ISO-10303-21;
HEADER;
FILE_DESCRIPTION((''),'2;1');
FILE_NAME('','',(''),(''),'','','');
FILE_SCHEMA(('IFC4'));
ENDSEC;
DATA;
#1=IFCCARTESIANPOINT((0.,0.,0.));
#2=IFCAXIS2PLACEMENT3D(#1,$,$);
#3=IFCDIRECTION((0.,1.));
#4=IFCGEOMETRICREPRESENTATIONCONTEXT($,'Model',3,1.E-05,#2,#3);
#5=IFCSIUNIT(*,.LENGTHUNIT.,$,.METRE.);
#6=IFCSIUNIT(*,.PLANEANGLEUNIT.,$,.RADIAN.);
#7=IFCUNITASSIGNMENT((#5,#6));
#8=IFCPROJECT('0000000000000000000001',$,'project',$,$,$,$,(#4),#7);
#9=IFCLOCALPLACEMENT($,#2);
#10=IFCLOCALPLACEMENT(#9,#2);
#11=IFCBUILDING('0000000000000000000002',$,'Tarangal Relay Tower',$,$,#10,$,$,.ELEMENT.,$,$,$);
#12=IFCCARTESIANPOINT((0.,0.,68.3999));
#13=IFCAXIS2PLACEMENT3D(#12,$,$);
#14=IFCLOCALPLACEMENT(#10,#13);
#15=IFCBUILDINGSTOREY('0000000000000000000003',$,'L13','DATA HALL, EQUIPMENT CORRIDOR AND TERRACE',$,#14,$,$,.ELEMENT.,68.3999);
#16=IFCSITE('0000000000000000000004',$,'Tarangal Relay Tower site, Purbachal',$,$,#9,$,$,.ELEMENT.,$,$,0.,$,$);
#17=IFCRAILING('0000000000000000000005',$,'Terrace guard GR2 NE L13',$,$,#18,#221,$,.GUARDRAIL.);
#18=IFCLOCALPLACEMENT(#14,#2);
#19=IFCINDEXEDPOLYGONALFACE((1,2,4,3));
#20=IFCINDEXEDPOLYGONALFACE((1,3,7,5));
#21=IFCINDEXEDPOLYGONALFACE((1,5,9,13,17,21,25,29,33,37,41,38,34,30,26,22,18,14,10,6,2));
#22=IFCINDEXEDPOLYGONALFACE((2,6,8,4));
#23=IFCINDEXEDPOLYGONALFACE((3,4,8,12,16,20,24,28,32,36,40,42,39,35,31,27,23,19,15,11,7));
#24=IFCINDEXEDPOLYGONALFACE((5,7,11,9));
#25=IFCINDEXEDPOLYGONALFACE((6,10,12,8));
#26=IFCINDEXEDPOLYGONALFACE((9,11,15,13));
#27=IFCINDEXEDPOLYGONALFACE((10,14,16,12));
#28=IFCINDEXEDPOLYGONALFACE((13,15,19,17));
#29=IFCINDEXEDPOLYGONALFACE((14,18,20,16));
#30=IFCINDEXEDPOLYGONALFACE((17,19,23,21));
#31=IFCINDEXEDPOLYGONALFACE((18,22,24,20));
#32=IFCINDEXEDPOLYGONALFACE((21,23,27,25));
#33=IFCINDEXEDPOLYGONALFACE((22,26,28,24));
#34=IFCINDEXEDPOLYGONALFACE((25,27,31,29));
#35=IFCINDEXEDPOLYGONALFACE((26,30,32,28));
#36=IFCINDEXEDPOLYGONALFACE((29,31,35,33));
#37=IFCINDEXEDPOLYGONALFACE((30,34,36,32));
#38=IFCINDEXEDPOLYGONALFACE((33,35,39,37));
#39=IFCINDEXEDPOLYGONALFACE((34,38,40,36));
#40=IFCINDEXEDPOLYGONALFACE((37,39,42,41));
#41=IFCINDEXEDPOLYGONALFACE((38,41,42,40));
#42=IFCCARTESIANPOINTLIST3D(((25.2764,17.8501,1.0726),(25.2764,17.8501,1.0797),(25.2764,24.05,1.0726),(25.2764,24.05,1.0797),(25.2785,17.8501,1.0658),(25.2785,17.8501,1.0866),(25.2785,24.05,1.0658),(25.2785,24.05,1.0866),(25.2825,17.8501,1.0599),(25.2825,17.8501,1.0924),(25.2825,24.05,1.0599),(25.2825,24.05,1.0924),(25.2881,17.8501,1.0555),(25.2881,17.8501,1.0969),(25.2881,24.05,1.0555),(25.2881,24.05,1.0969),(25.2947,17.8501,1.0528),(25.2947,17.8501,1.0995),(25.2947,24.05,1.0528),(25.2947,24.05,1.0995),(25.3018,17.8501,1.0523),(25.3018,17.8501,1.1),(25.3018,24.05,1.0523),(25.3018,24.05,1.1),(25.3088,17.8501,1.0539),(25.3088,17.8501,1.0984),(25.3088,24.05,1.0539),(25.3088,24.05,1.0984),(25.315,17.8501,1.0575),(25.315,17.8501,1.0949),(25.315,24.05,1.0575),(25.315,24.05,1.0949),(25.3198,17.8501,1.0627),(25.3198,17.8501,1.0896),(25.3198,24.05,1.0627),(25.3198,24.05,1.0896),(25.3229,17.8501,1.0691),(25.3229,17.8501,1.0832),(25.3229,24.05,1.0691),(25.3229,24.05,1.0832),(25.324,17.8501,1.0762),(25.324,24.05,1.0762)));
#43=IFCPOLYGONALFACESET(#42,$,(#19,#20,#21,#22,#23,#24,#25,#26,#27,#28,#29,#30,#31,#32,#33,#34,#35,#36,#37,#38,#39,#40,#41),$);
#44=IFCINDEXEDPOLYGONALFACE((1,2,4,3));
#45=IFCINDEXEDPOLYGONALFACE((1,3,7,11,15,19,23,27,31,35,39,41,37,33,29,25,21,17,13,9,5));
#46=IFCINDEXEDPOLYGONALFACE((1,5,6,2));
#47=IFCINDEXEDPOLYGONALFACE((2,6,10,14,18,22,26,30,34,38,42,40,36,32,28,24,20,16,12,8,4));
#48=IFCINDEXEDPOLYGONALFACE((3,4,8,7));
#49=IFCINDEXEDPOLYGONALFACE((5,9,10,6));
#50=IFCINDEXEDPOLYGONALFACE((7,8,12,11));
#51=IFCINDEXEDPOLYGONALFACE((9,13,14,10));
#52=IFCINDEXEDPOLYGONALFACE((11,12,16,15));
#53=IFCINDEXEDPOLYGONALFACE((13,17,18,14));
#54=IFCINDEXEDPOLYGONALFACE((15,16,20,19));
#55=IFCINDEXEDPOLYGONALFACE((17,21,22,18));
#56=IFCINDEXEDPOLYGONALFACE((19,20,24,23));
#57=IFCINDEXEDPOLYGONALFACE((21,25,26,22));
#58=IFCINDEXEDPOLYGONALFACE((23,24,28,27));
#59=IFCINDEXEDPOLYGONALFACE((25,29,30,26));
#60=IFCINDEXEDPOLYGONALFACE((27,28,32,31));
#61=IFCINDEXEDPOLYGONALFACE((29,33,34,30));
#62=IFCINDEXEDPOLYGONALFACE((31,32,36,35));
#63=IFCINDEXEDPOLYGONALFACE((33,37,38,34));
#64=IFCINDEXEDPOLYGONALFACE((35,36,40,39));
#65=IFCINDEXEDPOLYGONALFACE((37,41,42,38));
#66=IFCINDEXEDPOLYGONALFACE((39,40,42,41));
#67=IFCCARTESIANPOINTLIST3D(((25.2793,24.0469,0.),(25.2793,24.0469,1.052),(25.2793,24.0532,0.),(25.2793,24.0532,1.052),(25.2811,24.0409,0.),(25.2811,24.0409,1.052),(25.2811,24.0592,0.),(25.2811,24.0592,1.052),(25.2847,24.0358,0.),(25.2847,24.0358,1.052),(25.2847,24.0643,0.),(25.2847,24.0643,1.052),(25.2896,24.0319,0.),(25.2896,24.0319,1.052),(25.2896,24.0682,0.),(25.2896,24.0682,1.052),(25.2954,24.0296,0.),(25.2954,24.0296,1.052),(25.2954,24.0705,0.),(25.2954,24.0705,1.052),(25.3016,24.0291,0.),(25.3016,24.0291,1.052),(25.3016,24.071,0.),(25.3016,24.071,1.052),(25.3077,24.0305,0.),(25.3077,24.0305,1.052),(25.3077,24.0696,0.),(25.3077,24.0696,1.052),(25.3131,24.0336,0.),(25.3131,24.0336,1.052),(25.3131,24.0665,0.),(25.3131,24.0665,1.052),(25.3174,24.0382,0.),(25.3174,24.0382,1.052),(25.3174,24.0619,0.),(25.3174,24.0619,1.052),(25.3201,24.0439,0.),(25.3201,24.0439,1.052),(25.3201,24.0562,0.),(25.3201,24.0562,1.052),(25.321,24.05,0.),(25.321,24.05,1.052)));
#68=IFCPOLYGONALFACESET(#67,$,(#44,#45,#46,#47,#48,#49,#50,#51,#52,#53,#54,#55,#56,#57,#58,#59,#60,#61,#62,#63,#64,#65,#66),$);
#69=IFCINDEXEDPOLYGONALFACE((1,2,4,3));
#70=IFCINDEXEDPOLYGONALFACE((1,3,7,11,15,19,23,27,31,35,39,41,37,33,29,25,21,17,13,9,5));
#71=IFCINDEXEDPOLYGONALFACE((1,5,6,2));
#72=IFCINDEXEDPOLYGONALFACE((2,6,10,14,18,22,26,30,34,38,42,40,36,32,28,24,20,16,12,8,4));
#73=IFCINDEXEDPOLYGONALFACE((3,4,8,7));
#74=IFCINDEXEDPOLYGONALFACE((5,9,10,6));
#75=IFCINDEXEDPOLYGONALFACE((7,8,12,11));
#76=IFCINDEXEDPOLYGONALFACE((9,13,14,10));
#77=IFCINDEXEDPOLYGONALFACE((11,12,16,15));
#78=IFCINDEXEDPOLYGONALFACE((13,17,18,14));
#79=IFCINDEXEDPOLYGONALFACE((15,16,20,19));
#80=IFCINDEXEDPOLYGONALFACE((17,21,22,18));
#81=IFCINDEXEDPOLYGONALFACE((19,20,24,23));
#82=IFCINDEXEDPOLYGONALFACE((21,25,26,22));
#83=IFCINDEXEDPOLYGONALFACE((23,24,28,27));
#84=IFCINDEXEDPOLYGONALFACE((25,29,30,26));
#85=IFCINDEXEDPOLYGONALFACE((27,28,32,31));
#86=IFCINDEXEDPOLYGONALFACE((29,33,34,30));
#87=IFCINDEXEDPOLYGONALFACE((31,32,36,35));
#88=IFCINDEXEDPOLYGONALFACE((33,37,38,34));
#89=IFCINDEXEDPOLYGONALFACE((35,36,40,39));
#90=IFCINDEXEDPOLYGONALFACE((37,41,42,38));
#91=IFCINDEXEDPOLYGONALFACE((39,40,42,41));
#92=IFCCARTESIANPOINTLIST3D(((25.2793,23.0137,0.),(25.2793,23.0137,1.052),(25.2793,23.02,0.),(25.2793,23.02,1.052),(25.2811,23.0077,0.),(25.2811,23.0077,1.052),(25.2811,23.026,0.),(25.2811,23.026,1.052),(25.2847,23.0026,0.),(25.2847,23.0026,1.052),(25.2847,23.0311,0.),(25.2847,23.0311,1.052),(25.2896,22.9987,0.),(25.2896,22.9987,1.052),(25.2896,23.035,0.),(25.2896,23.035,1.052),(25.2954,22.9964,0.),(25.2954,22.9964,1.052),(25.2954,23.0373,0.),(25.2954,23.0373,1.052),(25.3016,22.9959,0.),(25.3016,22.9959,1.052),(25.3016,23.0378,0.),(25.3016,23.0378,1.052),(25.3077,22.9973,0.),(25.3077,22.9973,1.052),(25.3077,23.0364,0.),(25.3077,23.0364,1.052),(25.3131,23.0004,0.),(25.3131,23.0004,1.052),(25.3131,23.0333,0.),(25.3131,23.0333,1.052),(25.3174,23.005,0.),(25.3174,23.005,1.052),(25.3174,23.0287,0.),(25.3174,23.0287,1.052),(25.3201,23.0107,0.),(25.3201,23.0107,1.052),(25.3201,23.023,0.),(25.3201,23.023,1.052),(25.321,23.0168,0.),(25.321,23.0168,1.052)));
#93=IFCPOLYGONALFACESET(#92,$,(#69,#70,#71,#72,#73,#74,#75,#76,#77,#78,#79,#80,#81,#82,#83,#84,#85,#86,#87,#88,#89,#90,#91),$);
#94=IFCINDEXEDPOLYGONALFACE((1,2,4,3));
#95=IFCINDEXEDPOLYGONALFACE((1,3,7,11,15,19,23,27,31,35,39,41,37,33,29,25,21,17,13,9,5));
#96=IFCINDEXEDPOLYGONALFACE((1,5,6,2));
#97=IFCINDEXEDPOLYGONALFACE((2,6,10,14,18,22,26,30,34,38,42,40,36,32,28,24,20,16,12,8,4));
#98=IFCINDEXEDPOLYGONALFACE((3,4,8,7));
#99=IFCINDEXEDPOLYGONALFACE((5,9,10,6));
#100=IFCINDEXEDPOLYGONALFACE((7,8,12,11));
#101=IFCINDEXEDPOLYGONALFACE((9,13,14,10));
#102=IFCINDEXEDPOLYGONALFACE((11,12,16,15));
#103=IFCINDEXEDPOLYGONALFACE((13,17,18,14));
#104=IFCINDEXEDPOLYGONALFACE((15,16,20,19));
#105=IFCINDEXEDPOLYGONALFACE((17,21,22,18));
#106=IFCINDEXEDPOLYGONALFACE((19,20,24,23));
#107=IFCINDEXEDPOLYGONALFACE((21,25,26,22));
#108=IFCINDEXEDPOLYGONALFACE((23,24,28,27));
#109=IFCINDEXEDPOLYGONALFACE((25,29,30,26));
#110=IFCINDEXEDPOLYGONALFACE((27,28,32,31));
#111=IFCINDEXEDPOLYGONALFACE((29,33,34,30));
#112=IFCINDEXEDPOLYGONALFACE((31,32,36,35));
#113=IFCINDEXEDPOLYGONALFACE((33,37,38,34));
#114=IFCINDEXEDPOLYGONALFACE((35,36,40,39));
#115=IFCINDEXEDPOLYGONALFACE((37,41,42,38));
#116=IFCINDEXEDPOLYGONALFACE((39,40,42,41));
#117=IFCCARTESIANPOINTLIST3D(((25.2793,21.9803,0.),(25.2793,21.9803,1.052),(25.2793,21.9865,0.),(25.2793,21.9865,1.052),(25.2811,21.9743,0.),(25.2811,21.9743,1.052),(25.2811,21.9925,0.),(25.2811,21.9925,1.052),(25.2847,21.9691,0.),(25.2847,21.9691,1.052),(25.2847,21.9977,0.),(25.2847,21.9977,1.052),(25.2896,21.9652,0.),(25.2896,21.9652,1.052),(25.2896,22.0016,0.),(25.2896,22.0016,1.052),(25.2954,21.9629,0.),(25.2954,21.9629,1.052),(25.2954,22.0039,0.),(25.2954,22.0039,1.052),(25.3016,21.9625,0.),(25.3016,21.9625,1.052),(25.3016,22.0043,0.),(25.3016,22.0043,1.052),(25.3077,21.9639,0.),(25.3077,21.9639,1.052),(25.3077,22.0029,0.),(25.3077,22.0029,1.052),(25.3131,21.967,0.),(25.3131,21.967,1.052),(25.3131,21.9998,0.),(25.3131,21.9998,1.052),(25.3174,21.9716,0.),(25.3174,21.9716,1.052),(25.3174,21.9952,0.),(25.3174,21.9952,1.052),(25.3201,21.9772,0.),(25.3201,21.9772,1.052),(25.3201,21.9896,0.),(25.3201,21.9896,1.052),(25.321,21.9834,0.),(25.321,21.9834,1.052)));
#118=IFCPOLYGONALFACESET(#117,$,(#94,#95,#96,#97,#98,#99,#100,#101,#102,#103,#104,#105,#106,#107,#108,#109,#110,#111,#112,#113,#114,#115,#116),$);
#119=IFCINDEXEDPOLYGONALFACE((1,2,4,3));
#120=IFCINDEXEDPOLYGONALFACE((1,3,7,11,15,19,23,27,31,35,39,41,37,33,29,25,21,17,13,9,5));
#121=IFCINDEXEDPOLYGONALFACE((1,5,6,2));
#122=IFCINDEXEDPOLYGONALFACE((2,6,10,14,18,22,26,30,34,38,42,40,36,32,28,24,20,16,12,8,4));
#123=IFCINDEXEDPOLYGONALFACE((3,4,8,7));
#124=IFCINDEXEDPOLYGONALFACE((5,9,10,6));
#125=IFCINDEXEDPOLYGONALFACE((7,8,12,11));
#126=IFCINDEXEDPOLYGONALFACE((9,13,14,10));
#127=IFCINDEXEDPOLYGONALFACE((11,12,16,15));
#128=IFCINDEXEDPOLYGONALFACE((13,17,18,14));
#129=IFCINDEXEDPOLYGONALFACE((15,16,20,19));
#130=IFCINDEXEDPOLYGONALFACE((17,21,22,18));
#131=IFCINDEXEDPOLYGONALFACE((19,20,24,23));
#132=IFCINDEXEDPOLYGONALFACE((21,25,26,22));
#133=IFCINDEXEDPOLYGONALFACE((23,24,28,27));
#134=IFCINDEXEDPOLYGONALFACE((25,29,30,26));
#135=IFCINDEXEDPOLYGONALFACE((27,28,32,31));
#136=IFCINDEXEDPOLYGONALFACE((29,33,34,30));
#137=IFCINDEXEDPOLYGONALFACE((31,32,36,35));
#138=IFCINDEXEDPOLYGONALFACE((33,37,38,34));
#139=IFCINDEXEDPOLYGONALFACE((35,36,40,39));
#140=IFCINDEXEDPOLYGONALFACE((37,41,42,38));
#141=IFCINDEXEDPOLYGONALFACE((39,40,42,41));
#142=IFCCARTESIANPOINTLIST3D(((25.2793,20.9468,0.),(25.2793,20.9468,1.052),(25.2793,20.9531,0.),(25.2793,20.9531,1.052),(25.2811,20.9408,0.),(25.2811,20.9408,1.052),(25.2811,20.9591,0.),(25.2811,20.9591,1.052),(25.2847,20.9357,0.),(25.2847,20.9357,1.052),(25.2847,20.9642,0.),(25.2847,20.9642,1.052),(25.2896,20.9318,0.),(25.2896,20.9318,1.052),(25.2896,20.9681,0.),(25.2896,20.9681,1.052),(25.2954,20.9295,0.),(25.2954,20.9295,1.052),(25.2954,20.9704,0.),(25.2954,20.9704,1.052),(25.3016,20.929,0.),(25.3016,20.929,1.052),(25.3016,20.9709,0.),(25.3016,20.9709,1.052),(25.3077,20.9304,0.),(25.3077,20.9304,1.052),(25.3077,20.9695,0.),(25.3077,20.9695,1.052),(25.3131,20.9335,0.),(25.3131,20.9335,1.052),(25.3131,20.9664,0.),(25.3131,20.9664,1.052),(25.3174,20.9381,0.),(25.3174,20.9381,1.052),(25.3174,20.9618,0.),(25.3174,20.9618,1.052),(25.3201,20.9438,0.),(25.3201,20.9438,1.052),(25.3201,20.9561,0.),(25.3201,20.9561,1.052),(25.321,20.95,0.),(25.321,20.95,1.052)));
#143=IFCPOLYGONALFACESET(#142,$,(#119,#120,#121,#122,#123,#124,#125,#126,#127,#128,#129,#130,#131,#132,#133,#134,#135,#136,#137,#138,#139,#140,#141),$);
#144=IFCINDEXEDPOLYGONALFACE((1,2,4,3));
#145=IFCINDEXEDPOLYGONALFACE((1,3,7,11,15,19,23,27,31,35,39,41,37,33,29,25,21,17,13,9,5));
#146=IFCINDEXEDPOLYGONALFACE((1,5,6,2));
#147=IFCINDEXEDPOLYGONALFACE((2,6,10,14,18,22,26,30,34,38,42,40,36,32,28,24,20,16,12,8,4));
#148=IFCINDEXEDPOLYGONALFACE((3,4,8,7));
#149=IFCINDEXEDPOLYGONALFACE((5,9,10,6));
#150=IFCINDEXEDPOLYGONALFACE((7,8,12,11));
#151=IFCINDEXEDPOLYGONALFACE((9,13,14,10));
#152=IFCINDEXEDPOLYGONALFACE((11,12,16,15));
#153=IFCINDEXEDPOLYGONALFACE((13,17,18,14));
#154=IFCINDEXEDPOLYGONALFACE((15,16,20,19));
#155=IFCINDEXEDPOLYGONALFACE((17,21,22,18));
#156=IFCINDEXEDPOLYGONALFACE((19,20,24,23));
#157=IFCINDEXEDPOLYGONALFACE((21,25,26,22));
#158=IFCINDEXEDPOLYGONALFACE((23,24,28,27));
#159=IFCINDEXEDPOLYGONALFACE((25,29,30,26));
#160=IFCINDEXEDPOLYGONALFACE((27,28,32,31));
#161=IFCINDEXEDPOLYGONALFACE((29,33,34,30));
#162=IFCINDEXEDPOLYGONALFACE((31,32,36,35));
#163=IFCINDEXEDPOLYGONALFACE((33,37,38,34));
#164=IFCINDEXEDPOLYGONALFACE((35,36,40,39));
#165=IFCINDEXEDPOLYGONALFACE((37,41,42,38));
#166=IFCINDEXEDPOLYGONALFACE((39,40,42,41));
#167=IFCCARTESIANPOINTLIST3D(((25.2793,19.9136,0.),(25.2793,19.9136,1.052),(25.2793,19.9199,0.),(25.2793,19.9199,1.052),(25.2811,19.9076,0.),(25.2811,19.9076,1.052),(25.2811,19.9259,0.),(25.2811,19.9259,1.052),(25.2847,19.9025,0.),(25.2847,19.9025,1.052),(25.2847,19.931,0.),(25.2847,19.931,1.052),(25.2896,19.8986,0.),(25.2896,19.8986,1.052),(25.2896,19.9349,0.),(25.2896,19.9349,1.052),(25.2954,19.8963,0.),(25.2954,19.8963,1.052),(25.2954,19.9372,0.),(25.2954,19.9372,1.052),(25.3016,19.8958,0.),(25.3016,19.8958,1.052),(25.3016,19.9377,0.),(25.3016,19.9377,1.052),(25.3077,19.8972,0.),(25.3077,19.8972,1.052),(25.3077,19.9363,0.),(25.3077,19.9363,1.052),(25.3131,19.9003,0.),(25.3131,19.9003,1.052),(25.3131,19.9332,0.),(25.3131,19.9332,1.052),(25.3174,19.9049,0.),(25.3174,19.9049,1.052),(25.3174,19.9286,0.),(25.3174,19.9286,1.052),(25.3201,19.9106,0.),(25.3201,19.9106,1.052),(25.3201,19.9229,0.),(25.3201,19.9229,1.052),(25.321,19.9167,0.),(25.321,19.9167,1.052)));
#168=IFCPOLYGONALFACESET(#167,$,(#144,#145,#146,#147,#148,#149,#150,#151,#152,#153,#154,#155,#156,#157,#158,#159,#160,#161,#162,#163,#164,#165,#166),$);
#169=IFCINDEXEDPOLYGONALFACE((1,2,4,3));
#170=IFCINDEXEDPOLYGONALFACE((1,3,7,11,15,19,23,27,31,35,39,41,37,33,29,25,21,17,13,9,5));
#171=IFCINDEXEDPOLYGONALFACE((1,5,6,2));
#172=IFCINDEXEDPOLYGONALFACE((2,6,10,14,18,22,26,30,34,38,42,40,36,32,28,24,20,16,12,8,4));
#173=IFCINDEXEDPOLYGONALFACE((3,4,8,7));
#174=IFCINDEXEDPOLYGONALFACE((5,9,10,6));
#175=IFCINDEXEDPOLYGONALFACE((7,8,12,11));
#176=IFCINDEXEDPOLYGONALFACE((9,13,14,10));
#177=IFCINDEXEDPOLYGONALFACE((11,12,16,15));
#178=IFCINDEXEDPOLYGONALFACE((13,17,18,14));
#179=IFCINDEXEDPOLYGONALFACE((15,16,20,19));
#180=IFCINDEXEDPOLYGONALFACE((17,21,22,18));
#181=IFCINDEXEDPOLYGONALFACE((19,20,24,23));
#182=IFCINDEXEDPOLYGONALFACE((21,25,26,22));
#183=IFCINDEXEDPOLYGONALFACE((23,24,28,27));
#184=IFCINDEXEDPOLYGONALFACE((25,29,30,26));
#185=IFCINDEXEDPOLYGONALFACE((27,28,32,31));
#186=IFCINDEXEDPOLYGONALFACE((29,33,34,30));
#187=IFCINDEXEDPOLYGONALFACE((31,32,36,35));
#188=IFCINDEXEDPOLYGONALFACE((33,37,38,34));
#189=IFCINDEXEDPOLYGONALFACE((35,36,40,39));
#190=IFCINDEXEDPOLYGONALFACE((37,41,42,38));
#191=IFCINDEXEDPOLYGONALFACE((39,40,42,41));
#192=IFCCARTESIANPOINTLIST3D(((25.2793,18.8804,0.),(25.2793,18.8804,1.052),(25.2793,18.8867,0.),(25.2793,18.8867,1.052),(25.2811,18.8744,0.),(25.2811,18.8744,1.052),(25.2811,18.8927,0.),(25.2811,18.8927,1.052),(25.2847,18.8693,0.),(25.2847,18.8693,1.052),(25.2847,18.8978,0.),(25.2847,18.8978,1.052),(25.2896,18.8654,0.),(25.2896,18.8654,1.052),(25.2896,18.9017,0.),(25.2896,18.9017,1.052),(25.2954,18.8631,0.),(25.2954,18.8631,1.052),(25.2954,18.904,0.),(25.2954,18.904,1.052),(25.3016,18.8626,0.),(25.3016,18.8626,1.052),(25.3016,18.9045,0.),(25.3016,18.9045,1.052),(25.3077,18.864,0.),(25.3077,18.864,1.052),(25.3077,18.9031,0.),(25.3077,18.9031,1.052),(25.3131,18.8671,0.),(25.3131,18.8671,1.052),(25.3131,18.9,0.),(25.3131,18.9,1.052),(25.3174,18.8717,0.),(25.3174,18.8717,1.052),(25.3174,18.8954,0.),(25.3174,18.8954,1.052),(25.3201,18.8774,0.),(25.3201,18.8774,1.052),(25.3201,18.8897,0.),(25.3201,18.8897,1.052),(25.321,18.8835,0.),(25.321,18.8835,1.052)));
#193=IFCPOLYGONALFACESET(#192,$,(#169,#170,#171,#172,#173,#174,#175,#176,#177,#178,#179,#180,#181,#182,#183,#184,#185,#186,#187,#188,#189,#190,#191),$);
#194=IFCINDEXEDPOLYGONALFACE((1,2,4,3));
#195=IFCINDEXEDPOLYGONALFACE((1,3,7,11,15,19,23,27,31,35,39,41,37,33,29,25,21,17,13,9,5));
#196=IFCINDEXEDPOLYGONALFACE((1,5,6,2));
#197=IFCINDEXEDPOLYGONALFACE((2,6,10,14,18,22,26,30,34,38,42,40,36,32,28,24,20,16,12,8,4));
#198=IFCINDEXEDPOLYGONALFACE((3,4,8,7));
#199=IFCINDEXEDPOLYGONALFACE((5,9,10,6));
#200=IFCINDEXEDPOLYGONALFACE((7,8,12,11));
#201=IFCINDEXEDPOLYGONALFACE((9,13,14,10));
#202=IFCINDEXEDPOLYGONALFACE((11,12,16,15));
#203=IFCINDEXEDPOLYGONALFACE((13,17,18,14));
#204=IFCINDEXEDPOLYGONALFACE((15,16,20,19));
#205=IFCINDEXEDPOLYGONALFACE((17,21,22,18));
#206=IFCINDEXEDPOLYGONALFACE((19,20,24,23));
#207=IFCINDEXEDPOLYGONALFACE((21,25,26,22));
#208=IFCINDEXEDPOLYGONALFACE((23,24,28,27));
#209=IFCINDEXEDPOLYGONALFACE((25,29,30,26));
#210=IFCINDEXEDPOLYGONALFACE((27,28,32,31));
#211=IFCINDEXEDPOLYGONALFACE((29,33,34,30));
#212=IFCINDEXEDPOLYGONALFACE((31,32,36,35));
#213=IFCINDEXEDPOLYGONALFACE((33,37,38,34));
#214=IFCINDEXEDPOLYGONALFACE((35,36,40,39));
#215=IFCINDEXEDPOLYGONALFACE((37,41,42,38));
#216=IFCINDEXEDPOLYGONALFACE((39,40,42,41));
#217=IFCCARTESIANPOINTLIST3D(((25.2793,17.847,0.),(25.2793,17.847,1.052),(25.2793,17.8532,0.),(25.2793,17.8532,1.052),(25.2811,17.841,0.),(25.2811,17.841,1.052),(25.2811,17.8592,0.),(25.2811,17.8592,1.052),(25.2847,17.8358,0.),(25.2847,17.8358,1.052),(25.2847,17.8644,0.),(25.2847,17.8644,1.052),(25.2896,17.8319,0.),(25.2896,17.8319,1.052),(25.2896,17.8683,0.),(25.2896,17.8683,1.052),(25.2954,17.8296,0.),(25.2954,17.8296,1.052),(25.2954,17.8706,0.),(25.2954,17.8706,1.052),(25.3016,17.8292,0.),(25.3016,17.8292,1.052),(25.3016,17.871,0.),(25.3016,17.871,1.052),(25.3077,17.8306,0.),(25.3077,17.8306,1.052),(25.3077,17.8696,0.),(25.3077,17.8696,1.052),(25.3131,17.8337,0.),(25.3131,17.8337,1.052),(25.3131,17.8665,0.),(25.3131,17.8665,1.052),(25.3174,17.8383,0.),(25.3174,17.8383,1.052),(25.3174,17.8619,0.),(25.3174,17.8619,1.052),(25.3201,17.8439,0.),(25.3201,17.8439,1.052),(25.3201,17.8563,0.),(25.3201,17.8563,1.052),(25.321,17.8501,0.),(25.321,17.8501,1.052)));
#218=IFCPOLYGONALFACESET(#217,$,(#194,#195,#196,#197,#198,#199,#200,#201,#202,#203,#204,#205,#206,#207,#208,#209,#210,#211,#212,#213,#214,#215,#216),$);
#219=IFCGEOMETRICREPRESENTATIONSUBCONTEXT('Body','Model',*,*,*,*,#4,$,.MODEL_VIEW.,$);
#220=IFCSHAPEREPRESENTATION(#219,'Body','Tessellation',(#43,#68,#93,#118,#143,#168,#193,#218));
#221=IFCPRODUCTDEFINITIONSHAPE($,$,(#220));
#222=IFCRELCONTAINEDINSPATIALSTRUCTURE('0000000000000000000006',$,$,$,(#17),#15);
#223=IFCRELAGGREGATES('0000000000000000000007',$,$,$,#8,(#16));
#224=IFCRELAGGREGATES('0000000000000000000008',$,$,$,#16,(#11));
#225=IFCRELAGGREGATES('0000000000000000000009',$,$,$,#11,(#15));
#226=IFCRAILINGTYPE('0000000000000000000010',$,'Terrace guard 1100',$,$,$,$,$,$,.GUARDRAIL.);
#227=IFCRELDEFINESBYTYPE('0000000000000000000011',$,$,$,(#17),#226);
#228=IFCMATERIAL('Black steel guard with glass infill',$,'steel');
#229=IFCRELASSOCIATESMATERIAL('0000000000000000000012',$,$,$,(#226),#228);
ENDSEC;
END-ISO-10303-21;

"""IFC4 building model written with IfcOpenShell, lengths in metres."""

from ifc_helpers import new_model, si_unit, direction, frame, origin, origin_2d, place, context, subcontext, project, spatial, circle, extrude, material, type_object, element, save


model = new_model("IFC4")

# Units and contexts
model_context = context("Model", 3, precision=1e-05, world=origin(), true_north=direction((0.0, 1.0)))
body_context = subcontext(model_context, "Body", "Model", "MODEL_VIEW")
ifc_project = project(units=[si_unit("LENGTHUNIT", "METRE"), si_unit("PLANEANGLEUNIT", "RADIAN")], contexts=[model_context])

# Site, building, storey
site_placement = place(None, origin())
site = spatial("IfcSite", under=ifc_project, at=site_placement, Name="Tarangal Relay Tower site, Purbachal", CompositionType="ELEMENT", RefElevation=0.0)
building_placement = place(site_placement, origin())
building = spatial("IfcBuilding", under=site, at=building_placement, Name="Tarangal Relay Tower", CompositionType="ELEMENT")
storey_placement = place(building_placement, frame((0.0, 0.0, 68.3999)))
storey = spatial("IfcBuildingStorey", under=building, at=storey_placement, Name="L13", Description="DATA HALL, EQUIPMENT CORRIDOR AND TERRACE", CompositionType="ELEMENT", Elevation=68.3999)

# Railing
ifc_material_1 = material(Name="Black steel guard with glass infill", Category="steel")
railing_type_1 = type_object("IfcRailingType", Name="Terrace guard 1100", PredefinedType="GUARDRAIL", material=ifc_material_1)
railing_1_placement = place(storey_placement, frame((25.3, 24.05, 0.0)))
element("IfcRailing", 1, at=railing_1_placement, inside=storey, type_object=railing_type_1, Name="Terrace guard GR2 NE L13", PredefinedType="GUARDRAIL", context=body_context, shape_type="SweptSolid", body=[
    extrude(circle(Radius=0.0239, at=origin_2d()), frame((0.0, 0.0, 1.0762), z_axis=(0.0, -1.0, 0.0), x_axis=(1.0, 0.0, 0.0)), (0.0, 0.0, 1.0), 6.2),
    extrude(circle(Radius=0.021, at=origin_2d()), origin(), (0.0, 0.0, 1.0), 1.052),
    extrude(circle(Radius=0.021, at=origin_2d()), frame((0.0, -1.0332, 0.0)), (0.0, 0.0, 1.0), 1.052),
    extrude(circle(Radius=0.021, at=origin_2d()), frame((0.0, -2.0667, 0.0)), (0.0, 0.0, 1.0), 1.052),
    extrude(circle(Radius=0.021, at=origin_2d()), frame((0.0, -3.1001, 0.0)), (0.0, 0.0, 1.0), 1.052),
    extrude(circle(Radius=0.021, at=origin_2d()), frame((0.0, -4.1333, 0.0)), (0.0, 0.0, 1.0), 1.052),
    extrude(circle(Radius=0.021, at=origin_2d()), frame((0.0, -5.1665, 0.0)), (0.0, 0.0, 1.0), 1.052),
    extrude(circle(Radius=0.021, at=origin_2d()), frame((0.0, -6.2, 0.0)), (0.0, 0.0, 1.0), 1.052),
])

save(model, "model.ifc")
